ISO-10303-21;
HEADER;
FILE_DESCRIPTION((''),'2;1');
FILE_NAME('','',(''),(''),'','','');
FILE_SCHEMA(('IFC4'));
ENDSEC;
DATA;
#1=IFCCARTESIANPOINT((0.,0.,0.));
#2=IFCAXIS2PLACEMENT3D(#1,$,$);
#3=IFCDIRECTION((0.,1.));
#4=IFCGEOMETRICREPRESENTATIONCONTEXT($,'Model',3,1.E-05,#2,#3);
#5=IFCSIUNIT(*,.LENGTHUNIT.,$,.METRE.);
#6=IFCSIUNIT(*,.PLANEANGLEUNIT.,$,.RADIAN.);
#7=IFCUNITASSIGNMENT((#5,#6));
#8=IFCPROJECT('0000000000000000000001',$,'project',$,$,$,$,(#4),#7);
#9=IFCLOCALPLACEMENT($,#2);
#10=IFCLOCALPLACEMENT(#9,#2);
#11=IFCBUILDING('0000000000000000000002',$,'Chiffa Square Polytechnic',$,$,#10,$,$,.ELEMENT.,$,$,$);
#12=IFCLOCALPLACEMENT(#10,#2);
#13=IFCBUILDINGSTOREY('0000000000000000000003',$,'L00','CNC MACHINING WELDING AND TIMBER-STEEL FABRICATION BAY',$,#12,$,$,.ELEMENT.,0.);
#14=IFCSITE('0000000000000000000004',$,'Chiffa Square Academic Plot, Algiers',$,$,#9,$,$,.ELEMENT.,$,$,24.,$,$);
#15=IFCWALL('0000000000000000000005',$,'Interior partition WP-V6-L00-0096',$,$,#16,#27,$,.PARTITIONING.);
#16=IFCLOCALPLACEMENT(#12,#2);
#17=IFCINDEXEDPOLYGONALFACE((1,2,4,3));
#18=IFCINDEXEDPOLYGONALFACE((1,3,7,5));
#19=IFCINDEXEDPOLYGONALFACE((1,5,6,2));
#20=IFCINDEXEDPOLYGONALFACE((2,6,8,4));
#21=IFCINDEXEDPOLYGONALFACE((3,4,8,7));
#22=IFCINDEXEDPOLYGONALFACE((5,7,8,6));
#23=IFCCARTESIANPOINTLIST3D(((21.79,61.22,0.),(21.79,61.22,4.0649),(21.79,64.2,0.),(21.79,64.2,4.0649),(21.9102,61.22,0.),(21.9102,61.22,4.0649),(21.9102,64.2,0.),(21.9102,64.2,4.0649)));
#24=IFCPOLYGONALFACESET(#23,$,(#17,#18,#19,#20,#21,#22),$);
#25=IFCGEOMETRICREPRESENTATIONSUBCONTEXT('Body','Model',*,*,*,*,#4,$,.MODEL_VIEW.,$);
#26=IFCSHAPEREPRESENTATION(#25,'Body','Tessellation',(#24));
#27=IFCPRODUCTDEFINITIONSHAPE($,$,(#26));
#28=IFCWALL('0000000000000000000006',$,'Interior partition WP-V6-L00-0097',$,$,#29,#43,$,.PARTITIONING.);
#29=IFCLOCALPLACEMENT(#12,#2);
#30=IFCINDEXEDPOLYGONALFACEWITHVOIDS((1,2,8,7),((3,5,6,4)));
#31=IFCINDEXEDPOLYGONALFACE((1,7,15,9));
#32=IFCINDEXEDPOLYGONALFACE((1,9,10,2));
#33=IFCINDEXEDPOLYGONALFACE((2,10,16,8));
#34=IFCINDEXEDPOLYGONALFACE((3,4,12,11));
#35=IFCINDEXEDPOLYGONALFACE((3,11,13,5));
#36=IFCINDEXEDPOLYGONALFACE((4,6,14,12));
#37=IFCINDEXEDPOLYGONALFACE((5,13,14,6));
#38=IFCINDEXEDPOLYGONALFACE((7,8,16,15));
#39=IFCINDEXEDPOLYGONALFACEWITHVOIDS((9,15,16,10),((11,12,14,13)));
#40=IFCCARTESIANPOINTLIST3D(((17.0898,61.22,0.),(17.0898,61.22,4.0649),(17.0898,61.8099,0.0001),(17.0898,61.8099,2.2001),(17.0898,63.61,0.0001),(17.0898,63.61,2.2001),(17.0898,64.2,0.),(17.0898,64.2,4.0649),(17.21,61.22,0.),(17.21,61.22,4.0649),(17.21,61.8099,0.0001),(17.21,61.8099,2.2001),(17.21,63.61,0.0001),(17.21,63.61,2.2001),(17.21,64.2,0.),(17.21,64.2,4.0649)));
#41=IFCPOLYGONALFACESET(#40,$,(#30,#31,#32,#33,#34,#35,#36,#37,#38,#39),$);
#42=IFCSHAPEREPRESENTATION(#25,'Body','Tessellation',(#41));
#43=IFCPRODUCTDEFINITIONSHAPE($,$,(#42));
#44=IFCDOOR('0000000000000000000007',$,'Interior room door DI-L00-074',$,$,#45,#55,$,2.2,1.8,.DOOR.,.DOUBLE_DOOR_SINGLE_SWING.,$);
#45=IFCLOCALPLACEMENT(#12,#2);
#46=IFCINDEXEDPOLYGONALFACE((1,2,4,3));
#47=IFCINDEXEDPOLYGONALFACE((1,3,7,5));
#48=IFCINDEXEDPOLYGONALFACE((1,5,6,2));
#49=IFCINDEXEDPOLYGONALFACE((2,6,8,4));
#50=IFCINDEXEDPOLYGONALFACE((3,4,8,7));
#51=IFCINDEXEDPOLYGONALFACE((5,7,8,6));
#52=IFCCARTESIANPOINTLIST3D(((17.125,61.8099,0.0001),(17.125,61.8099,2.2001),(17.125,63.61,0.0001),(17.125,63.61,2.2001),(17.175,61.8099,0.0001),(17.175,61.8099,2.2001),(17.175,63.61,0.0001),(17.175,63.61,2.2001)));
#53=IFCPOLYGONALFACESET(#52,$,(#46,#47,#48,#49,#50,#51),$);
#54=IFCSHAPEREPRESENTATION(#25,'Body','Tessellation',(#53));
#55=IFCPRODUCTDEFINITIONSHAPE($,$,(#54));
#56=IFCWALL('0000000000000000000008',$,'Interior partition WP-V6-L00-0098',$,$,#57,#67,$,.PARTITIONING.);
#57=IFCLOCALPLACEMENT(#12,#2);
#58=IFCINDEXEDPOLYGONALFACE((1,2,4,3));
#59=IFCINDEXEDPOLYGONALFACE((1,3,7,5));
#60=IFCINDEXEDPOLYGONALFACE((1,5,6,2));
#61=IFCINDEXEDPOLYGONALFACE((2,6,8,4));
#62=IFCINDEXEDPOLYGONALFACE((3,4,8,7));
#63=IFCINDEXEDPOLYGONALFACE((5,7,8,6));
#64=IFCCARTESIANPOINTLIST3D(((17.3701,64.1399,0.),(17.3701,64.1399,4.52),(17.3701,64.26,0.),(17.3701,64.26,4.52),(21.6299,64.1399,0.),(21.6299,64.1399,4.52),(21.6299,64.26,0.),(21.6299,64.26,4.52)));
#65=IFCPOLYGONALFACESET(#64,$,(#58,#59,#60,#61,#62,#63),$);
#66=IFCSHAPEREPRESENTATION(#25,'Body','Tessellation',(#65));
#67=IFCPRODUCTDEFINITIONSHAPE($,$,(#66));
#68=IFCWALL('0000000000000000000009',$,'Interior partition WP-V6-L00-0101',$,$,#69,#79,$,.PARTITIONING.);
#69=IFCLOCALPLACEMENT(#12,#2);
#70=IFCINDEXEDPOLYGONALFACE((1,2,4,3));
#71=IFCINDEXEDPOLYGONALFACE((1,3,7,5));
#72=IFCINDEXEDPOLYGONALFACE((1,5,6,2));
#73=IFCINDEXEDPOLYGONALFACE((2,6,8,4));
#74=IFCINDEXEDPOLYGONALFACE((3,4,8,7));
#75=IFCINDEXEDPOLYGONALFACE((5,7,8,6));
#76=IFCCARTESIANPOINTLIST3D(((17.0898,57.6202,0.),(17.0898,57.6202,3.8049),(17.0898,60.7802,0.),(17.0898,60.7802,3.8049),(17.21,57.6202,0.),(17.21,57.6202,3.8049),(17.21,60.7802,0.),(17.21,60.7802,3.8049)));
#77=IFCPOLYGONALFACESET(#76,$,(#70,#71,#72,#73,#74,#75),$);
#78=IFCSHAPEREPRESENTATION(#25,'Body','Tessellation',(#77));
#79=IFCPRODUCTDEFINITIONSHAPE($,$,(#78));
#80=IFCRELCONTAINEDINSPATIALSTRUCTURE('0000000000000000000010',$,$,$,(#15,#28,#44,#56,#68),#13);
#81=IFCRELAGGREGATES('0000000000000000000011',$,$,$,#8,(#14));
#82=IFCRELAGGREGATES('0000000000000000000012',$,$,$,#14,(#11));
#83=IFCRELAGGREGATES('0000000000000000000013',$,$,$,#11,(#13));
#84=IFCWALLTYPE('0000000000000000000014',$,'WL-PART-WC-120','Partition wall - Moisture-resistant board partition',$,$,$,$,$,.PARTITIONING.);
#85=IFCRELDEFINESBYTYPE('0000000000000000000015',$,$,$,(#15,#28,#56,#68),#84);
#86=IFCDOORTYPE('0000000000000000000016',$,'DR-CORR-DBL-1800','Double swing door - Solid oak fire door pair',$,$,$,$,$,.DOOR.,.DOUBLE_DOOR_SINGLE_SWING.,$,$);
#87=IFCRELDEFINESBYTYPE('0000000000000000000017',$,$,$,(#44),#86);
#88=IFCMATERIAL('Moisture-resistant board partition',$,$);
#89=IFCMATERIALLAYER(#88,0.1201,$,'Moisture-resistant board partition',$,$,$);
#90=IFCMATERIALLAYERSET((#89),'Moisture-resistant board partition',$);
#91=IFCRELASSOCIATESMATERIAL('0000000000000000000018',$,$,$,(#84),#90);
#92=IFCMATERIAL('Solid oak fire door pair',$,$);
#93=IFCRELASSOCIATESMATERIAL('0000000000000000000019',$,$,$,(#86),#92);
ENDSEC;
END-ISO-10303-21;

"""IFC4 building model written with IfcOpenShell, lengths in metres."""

from ifc_helpers import new_model, si_unit, direction, frame, frame_2d, origin, place, context, subcontext, project, spatial, rectangle, extrude, material, layer, layer_set, type_object, element, fill, save


model = new_model("IFC4")

# Units and contexts
model_context = context("Model", 3, precision=1e-05, world=origin(), true_north=direction((0.0, 1.0)))
body_context = subcontext(model_context, "Body", "Model", "MODEL_VIEW")
ifc_project = project(units=[si_unit("LENGTHUNIT", "METRE"), si_unit("PLANEANGLEUNIT", "RADIAN")], contexts=[model_context])

# Site, building, storey
site_placement = place(None, origin())
site = spatial("IfcSite", under=ifc_project, at=site_placement, Name="Chiffa Square Academic Plot, Algiers", CompositionType="ELEMENT", RefElevation=24.0)
building_placement = place(site_placement, origin())
building = spatial("IfcBuilding", under=site, at=building_placement, Name="Chiffa Square Polytechnic", CompositionType="ELEMENT")
storey_placement = place(building_placement, origin())
storey = spatial("IfcBuildingStorey", under=building, at=storey_placement, Name="L00", Description="CNC MACHINING WELDING AND TIMBER-STEEL FABRICATION BAY", CompositionType="ELEMENT", Elevation=0.0)

# Shared definitions
ifc_material_1 = material(Name="Moisture-resistant board partition")
ifc_layer_1 = layer(ifc_material_1, 0.1201, Name="Moisture-resistant board partition")
ifc_layer_set_1 = layer_set([ifc_layer_1], Name="Moisture-resistant board partition")
wall_type_1 = type_object("IfcWallType", Name="WL-PART-WC-120", Description="Partition wall - Moisture-resistant board partition", PredefinedType="PARTITIONING", material=ifc_layer_set_1)

# Wall
wall_1_placement = place(storey_placement, frame((21.8501, 61.22, 0.0), z_axis=(0.0, 0.0, 1.0), x_axis=(0.0, 1.0, 0.0)))
element("IfcWall", 1, at=wall_1_placement, inside=storey, type_object=wall_type_1, Name="Interior partition WP-V6-L00-0096", PredefinedType="PARTITIONING", context=body_context, shape_type="SweptSolid", body=[
    extrude(rectangle(XDim=2.98, YDim=0.1201, at=frame_2d((1.49, 0.0))), origin(), (0.0, 0.0, 1.0), 4.0649),
])

# Wall, opening, door
wall_2_placement = place(storey_placement, frame((17.1499, 61.22, 0.0), z_axis=(0.0, 0.0, 1.0), x_axis=(0.0, 1.0, 0.0)))
wall_2 = element("IfcWall", 2, at=wall_2_placement, inside=storey, type_object=wall_type_1, Name="Interior partition WP-V6-L00-0097", PredefinedType="PARTITIONING", context=body_context, shape_type="SweptSolid", body=[
    extrude(rectangle(XDim=2.98, YDim=0.1201, at=frame_2d((1.49, 0.0))), origin(), (0.0, 0.0, 1.0), 4.0649),
])
opening_1_placement = place(wall_2_placement, frame((0.5901, 0.0, 0.0)))
opening_1 = element("IfcOpeningElement", 3, at=opening_1_placement, cuts=wall_2, PredefinedType="OPENING", context=body_context, shape_type="SweptSolid", body=[
    extrude(rectangle(XDim=1.8, YDim=2.2, at=frame_2d((0.8999, 1.1001))), frame((0.0, 0.0701, 0.0), z_axis=(0.0, -1.0, 0.0), x_axis=(1.0, 0.0, 0.0)), (0.0, 0.0, 1.0), 0.1401),
])
ifc_material_2 = material(Name="Solid oak fire door pair")
door_type_1 = type_object("IfcDoorType", Name="DR-CORR-DBL-1800", Description="Double swing door - Solid oak fire door pair", OperationType="DOUBLE_DOOR_SINGLE_SWING", PredefinedType="DOOR", material=ifc_material_2)
door_1_placement = place(opening_1_placement, origin())
door_1 = element("IfcDoor", 4, at=door_1_placement, inside=storey, type_object=door_type_1, Name="Interior room door DI-L00-074", OperationType="DOUBLE_DOOR_SINGLE_SWING", OverallHeight=2.2, OverallWidth=1.8, PredefinedType="DOOR", context=body_context, shape_type="SweptSolid", body=[
    extrude(rectangle(XDim=1.8, YDim=2.2, at=frame_2d((0.8999, 1.1001))), frame((0.0, 0.0249, 0.0), z_axis=(0.0, -1.0, 0.0), x_axis=(1.0, 0.0, 0.0)), (0.0, 0.0, 1.0), 0.05),
])
fill(opening_1, door_1)

# Walls
wall_3_placement = place(storey_placement, frame((17.3701, 64.2, 0.0), z_axis=(0.0, 0.0, 1.0), x_axis=(1.0, 0.0, 0.0)))
element("IfcWall", 5, at=wall_3_placement, inside=storey, type_object=wall_type_1, Name="Interior partition WP-V6-L00-0098", PredefinedType="PARTITIONING", context=body_context, shape_type="SweptSolid", body=[
    extrude(rectangle(XDim=4.2598, YDim=0.1201, at=frame_2d((2.1299, 0.0))), origin(), (0.0, 0.0, 1.0), 4.52),
])
wall_4_placement = place(storey_placement, frame((17.1499, 57.6201, 0.0), z_axis=(0.0, 0.0, 1.0), x_axis=(0.0, 1.0, 0.0)))
element("IfcWall", 6, at=wall_4_placement, inside=storey, type_object=wall_type_1, Name="Interior partition WP-V6-L00-0101", PredefinedType="PARTITIONING", context=body_context, shape_type="SweptSolid", body=[
    extrude(rectangle(XDim=3.1599, YDim=0.1201, at=frame_2d((1.5801, 0.0))), origin(), (0.0, 0.0, 1.0), 3.8049),
])

save(model, "model.ifc")
